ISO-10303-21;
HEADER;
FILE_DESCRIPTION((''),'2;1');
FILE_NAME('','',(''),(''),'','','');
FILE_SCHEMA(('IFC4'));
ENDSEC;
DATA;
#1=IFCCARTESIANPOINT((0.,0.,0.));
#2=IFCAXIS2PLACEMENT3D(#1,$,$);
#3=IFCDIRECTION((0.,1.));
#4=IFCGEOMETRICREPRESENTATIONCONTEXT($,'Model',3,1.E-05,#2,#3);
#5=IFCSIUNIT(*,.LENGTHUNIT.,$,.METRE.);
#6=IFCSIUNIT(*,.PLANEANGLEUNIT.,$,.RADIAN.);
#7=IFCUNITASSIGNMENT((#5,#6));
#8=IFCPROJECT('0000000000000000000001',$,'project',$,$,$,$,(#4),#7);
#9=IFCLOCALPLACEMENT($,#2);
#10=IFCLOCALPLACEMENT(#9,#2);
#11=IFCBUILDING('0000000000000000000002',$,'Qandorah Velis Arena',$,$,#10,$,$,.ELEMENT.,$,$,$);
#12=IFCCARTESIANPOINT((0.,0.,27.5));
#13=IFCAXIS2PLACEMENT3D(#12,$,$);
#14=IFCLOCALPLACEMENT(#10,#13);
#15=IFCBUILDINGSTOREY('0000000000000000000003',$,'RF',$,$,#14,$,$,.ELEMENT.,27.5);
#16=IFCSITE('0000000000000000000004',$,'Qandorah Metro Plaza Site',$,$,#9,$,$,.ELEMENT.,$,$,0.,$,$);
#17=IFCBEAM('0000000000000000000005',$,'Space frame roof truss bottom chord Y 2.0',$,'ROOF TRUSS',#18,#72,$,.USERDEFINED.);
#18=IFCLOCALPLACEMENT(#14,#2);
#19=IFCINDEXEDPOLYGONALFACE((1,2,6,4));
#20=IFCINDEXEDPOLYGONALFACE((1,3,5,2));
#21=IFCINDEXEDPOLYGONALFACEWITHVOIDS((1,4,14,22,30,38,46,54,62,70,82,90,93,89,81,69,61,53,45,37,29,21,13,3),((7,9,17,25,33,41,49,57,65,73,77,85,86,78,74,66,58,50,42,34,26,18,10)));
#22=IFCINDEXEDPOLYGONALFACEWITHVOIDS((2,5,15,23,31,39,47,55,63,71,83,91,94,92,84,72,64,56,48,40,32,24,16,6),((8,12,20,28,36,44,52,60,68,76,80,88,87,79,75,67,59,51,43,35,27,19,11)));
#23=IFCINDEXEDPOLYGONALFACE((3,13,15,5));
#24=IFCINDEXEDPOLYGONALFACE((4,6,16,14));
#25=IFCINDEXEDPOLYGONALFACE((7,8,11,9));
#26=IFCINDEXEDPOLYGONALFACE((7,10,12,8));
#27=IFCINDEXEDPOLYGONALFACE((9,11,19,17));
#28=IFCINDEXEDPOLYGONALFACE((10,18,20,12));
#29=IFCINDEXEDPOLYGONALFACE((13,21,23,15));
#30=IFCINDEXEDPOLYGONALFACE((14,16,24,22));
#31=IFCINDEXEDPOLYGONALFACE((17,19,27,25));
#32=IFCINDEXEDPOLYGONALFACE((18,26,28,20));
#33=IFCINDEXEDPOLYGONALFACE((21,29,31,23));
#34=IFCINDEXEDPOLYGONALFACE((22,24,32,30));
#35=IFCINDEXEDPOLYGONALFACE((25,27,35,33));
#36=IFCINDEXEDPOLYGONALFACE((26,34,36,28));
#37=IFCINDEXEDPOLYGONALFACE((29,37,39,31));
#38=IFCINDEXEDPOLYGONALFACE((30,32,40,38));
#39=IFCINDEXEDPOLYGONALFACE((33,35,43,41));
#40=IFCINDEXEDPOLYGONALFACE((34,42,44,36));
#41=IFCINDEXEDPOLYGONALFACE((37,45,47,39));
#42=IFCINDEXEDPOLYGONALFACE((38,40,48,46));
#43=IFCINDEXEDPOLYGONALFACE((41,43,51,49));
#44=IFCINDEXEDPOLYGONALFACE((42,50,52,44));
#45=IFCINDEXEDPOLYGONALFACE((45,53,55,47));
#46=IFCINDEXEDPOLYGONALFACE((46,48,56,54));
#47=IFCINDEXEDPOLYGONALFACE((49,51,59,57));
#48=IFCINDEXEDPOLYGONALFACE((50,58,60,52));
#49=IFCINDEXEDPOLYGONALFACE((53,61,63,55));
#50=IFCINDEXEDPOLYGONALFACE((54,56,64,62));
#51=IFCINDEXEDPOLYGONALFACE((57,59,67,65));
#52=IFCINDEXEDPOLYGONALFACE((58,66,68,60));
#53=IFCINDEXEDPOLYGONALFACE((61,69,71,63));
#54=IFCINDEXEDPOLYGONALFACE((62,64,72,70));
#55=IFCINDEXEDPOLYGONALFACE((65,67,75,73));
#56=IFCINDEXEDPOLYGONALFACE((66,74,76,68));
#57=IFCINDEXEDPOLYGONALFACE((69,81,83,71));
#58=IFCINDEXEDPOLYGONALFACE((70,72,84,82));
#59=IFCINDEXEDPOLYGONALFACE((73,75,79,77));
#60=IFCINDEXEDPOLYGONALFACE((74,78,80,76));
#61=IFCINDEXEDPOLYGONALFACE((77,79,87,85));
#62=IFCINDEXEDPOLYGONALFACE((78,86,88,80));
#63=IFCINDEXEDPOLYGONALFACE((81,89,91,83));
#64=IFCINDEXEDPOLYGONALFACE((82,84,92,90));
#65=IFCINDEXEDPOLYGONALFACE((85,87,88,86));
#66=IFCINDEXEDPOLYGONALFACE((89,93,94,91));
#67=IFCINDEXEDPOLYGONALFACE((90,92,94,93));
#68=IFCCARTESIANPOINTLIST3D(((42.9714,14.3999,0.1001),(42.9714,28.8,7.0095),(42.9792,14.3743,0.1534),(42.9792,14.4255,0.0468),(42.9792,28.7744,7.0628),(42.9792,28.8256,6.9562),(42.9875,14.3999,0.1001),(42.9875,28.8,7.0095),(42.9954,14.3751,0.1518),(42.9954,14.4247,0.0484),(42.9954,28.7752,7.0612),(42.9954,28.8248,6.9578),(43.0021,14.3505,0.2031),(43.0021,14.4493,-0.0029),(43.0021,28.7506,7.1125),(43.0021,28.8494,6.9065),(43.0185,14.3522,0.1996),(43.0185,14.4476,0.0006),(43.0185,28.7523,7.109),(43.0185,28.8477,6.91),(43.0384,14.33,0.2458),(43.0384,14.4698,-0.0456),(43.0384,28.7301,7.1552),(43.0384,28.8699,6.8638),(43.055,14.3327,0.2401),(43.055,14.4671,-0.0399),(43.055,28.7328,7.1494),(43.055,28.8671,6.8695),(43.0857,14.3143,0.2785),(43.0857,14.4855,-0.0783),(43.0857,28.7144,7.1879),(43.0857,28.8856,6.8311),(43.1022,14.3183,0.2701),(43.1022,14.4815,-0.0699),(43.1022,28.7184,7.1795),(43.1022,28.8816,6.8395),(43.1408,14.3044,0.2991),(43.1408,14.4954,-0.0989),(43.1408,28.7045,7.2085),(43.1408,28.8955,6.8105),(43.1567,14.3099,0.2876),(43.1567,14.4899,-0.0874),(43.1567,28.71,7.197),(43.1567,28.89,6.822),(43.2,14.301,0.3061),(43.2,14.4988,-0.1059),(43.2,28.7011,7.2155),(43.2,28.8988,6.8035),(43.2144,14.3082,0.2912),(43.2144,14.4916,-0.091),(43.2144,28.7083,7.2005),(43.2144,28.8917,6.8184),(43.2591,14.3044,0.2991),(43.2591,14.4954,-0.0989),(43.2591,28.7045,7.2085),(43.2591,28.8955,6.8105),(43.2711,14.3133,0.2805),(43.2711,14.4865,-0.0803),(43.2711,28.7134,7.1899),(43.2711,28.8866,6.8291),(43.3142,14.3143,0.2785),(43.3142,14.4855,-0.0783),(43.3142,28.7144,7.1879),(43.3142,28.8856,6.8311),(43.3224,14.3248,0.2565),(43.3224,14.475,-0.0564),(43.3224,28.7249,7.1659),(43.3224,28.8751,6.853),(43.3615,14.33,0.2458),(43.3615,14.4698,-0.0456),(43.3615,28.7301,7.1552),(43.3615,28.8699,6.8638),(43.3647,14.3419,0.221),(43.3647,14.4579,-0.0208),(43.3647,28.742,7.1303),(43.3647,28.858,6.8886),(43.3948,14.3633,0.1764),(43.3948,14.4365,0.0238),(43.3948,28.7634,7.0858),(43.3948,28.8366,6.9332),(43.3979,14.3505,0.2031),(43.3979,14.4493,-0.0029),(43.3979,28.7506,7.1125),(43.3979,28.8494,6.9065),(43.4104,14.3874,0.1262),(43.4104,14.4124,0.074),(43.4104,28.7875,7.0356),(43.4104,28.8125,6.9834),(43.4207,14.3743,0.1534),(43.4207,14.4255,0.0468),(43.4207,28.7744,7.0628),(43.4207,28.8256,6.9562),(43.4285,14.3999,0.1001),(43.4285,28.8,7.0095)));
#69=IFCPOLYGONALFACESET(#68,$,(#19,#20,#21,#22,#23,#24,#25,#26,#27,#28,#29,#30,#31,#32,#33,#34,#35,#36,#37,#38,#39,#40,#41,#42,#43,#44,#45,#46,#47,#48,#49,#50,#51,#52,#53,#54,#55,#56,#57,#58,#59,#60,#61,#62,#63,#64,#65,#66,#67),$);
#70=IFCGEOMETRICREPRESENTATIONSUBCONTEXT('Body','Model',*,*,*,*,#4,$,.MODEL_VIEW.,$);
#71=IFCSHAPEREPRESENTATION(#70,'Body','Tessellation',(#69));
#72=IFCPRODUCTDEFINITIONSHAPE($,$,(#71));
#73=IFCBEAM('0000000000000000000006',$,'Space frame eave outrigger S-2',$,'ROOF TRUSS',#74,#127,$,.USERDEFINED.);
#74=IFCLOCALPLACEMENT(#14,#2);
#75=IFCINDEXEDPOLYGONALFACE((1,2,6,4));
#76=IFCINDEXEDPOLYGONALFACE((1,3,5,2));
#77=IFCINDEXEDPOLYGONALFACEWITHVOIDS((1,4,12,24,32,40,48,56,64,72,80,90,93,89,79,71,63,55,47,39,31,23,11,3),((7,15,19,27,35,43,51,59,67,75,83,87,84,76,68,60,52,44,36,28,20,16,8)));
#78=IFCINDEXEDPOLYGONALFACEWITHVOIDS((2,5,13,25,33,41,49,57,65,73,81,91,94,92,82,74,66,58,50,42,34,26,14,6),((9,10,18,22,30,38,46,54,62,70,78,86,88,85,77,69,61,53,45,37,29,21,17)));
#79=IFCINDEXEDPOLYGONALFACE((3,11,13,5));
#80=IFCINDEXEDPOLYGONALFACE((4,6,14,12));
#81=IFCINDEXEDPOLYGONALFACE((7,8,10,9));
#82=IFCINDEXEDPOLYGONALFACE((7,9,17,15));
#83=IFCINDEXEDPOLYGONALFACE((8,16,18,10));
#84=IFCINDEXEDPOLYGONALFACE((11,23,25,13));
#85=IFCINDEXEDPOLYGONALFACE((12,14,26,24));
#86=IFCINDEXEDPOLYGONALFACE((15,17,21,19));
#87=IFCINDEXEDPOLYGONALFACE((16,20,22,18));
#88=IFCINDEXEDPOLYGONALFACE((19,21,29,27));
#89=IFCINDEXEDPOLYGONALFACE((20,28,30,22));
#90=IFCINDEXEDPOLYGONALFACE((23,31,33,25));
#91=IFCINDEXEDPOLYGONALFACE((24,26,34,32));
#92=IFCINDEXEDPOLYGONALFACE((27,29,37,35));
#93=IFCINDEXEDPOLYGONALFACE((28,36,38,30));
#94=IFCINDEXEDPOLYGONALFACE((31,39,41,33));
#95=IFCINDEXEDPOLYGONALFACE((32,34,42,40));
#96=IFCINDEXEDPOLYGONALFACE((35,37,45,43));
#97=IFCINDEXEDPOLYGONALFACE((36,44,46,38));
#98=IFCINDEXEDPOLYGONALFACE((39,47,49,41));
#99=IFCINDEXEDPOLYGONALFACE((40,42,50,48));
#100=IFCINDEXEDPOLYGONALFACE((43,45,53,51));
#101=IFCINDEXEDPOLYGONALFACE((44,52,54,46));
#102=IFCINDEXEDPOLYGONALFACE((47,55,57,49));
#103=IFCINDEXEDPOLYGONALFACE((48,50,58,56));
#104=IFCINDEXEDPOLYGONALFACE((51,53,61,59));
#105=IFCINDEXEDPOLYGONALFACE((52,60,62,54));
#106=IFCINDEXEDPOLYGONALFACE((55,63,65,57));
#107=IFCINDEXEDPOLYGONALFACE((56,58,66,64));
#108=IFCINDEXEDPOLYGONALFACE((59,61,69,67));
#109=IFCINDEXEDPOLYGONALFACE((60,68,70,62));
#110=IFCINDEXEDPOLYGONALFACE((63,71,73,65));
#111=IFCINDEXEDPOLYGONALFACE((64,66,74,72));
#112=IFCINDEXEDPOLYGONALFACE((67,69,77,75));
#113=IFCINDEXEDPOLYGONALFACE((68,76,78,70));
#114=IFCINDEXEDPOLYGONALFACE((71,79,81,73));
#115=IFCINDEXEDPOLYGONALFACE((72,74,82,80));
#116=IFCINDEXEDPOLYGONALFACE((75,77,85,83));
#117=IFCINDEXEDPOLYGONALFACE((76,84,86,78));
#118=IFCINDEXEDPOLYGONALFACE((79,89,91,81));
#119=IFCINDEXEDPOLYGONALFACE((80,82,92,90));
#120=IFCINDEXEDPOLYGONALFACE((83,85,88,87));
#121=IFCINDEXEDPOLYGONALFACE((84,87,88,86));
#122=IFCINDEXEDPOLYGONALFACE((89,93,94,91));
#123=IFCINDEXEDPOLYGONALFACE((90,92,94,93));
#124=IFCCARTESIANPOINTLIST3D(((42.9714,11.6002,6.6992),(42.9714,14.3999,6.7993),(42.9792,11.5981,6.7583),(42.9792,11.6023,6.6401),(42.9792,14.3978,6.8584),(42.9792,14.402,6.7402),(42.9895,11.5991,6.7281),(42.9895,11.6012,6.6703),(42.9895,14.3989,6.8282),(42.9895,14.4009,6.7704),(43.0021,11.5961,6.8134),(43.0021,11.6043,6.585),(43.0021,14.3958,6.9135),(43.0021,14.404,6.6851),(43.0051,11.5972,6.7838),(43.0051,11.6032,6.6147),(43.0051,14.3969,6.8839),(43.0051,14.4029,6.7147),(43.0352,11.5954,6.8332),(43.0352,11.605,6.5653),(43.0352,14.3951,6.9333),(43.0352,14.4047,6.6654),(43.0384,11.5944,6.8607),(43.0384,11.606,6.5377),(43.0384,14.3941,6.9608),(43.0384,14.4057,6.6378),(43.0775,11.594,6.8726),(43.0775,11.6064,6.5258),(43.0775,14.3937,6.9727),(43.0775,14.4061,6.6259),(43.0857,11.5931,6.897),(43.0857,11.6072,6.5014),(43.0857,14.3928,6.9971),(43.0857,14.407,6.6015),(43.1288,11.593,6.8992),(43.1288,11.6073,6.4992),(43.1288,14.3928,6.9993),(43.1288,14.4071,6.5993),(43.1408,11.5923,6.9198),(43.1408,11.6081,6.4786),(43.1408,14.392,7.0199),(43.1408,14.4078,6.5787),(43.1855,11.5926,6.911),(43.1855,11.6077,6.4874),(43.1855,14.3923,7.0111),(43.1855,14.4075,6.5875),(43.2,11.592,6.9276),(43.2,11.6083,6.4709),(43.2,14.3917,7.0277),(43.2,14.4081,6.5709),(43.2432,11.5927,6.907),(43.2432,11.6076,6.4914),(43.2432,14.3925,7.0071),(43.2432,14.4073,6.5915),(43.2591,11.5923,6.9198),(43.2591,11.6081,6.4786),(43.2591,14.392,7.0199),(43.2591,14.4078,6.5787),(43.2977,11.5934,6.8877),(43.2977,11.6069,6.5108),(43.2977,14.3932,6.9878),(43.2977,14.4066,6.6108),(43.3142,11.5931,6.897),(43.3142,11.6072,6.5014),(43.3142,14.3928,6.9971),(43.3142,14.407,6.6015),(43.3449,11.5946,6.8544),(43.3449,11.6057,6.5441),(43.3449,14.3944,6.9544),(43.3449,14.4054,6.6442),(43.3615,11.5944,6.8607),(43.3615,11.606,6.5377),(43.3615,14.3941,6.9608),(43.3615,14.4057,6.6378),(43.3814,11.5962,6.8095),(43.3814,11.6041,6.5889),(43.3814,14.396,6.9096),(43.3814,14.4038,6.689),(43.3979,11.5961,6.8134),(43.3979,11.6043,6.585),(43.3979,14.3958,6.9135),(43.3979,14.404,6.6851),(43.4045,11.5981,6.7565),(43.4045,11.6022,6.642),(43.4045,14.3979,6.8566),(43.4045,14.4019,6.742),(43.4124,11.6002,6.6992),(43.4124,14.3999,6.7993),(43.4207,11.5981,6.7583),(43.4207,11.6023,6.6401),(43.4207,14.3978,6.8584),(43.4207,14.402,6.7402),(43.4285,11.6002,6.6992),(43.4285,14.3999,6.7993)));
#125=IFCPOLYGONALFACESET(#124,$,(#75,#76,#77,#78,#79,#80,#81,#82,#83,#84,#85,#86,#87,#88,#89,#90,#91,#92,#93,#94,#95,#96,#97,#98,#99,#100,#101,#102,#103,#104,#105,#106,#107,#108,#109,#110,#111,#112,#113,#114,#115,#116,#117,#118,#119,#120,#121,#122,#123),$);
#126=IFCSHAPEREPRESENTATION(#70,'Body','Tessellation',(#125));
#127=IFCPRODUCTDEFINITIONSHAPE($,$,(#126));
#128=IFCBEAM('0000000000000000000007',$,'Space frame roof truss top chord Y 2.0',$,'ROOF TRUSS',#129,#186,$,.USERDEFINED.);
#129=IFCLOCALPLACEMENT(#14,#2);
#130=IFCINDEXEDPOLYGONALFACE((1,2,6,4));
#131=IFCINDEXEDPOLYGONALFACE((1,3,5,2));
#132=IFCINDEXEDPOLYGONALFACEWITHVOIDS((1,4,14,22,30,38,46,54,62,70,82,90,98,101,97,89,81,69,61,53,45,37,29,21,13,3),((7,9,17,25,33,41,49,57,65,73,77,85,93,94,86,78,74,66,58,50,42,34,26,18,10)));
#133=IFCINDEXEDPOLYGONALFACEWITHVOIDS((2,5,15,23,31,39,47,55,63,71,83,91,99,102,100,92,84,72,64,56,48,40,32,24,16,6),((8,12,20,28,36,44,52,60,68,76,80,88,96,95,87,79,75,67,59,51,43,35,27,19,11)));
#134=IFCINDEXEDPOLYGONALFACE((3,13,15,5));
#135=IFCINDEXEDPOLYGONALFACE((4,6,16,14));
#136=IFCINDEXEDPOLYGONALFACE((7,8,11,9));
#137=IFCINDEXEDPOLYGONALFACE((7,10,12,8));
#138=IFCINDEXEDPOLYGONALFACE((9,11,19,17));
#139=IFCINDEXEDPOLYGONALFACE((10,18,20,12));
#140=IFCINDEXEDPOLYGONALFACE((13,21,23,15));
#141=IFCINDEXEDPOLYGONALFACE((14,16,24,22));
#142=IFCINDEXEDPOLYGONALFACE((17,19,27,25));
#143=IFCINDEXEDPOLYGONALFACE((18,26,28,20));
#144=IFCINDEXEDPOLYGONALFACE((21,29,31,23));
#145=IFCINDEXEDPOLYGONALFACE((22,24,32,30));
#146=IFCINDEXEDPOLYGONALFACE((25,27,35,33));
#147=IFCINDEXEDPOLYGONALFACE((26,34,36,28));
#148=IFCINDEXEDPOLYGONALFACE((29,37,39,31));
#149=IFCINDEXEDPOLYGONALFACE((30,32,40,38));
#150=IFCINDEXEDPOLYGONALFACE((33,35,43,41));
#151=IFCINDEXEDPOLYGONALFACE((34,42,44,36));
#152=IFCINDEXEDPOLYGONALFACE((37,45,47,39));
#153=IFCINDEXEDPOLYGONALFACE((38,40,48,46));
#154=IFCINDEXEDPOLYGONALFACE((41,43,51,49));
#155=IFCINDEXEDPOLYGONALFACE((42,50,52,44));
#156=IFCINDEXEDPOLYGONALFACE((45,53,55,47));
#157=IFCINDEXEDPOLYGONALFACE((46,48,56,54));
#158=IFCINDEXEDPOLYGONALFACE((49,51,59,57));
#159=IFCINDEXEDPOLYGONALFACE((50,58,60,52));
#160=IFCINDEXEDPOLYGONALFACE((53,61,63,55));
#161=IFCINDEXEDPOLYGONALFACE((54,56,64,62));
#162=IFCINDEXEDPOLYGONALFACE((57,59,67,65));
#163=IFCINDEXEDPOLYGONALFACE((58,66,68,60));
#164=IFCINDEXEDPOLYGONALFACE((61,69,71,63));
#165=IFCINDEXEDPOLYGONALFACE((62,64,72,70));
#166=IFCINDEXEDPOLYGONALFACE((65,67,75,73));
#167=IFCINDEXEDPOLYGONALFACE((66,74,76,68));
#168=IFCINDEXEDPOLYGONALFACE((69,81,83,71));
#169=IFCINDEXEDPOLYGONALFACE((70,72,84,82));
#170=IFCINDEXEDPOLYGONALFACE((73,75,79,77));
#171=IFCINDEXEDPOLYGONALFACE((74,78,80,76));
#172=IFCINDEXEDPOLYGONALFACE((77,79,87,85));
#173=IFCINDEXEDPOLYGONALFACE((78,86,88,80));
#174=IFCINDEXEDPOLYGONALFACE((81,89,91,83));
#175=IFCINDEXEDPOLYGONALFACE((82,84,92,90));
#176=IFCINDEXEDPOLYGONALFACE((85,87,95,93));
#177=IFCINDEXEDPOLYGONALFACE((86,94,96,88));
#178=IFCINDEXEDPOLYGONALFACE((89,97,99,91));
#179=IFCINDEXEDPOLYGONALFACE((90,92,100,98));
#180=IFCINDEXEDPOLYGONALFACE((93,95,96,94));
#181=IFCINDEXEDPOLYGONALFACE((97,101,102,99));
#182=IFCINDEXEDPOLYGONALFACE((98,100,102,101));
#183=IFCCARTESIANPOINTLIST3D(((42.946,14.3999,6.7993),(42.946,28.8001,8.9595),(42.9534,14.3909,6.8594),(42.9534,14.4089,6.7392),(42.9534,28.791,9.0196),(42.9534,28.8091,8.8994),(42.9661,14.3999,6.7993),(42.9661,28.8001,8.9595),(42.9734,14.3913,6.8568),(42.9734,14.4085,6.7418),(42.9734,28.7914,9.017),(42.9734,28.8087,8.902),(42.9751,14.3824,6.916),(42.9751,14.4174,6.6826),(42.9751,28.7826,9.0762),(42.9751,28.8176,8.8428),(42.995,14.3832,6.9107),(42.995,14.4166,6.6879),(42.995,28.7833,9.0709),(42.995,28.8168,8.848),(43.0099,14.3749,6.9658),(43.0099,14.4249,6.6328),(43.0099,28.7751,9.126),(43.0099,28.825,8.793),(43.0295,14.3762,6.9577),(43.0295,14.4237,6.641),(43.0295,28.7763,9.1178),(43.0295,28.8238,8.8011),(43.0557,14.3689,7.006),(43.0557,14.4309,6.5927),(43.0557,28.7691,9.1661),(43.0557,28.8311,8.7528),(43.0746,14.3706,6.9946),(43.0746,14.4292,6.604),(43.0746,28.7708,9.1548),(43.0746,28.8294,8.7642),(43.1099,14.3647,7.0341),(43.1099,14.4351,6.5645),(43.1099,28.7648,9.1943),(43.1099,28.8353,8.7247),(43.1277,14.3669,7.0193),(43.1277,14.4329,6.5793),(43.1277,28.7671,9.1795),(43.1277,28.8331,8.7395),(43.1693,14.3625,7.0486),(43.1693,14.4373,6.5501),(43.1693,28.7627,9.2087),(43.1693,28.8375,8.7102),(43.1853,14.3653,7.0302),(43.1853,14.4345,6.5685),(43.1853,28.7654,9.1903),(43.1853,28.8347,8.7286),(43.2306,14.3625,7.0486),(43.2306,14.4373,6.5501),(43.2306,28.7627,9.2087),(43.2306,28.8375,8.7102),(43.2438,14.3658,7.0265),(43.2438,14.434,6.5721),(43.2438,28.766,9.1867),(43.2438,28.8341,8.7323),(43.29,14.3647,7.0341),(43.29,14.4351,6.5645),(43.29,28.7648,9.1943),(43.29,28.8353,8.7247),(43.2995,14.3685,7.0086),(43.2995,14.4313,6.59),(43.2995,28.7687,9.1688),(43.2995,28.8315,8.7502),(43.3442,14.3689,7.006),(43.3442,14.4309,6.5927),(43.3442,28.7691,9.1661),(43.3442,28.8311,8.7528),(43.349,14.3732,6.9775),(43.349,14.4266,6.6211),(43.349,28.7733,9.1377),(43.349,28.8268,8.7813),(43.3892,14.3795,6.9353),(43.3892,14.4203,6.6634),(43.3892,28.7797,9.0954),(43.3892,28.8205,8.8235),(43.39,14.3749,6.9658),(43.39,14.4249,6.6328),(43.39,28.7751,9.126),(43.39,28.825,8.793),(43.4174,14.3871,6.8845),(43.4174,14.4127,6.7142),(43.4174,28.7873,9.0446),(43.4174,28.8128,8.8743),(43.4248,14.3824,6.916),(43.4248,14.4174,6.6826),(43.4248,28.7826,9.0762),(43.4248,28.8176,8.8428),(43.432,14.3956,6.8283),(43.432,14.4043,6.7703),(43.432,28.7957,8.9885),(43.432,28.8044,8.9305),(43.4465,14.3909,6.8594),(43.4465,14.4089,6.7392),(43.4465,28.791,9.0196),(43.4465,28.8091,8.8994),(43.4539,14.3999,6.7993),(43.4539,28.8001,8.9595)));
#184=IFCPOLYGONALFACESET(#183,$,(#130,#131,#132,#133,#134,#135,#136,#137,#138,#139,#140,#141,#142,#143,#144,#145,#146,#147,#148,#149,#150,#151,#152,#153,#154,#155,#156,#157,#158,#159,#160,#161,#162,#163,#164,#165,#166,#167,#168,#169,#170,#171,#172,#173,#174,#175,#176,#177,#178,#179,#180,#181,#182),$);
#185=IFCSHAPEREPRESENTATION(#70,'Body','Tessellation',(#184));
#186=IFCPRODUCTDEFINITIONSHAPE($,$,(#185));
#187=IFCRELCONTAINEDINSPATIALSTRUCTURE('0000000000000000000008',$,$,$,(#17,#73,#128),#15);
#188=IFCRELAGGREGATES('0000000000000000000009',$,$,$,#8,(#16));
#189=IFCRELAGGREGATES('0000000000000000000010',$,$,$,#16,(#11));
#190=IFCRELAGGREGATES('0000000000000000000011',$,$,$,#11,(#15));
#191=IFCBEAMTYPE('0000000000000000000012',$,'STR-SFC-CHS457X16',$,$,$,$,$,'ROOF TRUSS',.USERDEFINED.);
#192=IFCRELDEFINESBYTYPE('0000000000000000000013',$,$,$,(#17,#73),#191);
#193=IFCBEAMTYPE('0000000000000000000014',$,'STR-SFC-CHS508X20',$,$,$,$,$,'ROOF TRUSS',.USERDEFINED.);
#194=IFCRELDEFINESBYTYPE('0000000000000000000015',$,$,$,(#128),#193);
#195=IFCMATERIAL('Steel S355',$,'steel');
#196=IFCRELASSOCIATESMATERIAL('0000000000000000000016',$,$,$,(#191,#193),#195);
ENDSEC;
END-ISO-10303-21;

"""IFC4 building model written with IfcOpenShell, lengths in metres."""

from ifc_helpers import new_model, si_unit, direction, frame, origin, origin_2d, place, context, subcontext, project, spatial, hollow_circle, extrude, material, material_profile, profile_set, type_object, element, save


model = new_model("IFC4")

# Units and contexts
model_context = context("Model", 3, precision=1e-05, world=origin(), true_north=direction((0.0, 1.0)))
body_context = subcontext(model_context, "Body", "Model", "MODEL_VIEW")
ifc_project = project(units=[si_unit("LENGTHUNIT", "METRE"), si_unit("PLANEANGLEUNIT", "RADIAN")], contexts=[model_context])

# Site, building, storey
site_placement = place(None, origin())
site = spatial("IfcSite", under=ifc_project, at=site_placement, Name="Qandorah Metro Plaza Site", CompositionType="ELEMENT", RefElevation=0.0)
building_placement = place(site_placement, origin())
building = spatial("IfcBuilding", under=site, at=building_placement, Name="Qandorah Velis Arena", CompositionType="ELEMENT")
storey_placement = place(building_placement, frame((0.0, 0.0, 27.5)))
storey = spatial("IfcBuildingStorey", under=building, at=storey_placement, Name="RF", CompositionType="ELEMENT", Elevation=27.5)

# Beams
ifc_material_1 = material(Name="Steel S355", Category="steel")
ifc_material_profile_1 = material_profile(ifc_material_1, hollow_circle(Radius=0.2285, WallThickness=0.0161, at=origin_2d()), Name="CHS 457x16")
ifc_profile_set_1 = profile_set([ifc_material_profile_1], Name="Steel S355")
beam_type_1 = type_object("IfcBeamType", Name="STR-SFC-CHS457X16", ElementType="ROOF TRUSS", PredefinedType="USERDEFINED", material=ifc_profile_set_1)
beam_1_placement = place(storey_placement, frame((43.2, 14.3999, 0.1001), z_axis=(0.0, 0.901588, 0.432596), x_axis=(-1.0, 0.0, 0.0)))
element("IfcBeam", 1, at=beam_1_placement, inside=storey, type_object=beam_type_1, Name="Space frame roof truss bottom chord Y 2.0", ObjectType="ROOF TRUSS", PredefinedType="USERDEFINED", context=body_context, shape_type="SweptSolid", body=[
    extrude(hollow_circle(Radius=0.2285, WallThickness=0.0161, at=origin_2d()), origin(), (0.0, 0.0, 1.0), 15.9719),
])
beam_2_placement = place(storey_placement, frame((43.2, 14.3999, 6.7993), z_axis=(0.0, -0.999362, -0.035729), x_axis=(1.0, 0.0, 0.0)))
element("IfcBeam", 2, at=beam_2_placement, inside=storey, type_object=beam_type_1, Name="Space frame eave outrigger S-2", ObjectType="ROOF TRUSS", PredefinedType="USERDEFINED", context=body_context, shape_type="SweptSolid", body=[
    extrude(hollow_circle(Radius=0.2285, WallThickness=0.0161, at=origin_2d()), origin(), (0.0, 0.0, 1.0), 2.8015),
])
ifc_material_profile_2 = material_profile(ifc_material_1, hollow_circle(Radius=0.2539, WallThickness=0.02, at=origin_2d()), Name="CHS 508x20")
ifc_profile_set_2 = profile_set([ifc_material_profile_2], Name="Steel S355")
beam_type_2 = type_object("IfcBeamType", Name="STR-SFC-CHS508X20", ElementType="ROOF TRUSS", PredefinedType="USERDEFINED", material=ifc_profile_set_2)
beam_3_placement = place(storey_placement, frame((43.2, 14.3999, 6.7993), z_axis=(0.0, 0.988935, 0.148349), x_axis=(-1.0, 0.0, 0.0)))
element("IfcBeam", 3, at=beam_3_placement, inside=storey, type_object=beam_type_2, Name="Space frame roof truss top chord Y 2.0", ObjectType="ROOF TRUSS", PredefinedType="USERDEFINED", context=body_context, shape_type="SweptSolid", body=[
    extrude(hollow_circle(Radius=0.2539, WallThickness=0.02, at=origin_2d()), origin(), (0.0, 0.0, 1.0), 14.5613),
])

save(model, "model.ifc")
